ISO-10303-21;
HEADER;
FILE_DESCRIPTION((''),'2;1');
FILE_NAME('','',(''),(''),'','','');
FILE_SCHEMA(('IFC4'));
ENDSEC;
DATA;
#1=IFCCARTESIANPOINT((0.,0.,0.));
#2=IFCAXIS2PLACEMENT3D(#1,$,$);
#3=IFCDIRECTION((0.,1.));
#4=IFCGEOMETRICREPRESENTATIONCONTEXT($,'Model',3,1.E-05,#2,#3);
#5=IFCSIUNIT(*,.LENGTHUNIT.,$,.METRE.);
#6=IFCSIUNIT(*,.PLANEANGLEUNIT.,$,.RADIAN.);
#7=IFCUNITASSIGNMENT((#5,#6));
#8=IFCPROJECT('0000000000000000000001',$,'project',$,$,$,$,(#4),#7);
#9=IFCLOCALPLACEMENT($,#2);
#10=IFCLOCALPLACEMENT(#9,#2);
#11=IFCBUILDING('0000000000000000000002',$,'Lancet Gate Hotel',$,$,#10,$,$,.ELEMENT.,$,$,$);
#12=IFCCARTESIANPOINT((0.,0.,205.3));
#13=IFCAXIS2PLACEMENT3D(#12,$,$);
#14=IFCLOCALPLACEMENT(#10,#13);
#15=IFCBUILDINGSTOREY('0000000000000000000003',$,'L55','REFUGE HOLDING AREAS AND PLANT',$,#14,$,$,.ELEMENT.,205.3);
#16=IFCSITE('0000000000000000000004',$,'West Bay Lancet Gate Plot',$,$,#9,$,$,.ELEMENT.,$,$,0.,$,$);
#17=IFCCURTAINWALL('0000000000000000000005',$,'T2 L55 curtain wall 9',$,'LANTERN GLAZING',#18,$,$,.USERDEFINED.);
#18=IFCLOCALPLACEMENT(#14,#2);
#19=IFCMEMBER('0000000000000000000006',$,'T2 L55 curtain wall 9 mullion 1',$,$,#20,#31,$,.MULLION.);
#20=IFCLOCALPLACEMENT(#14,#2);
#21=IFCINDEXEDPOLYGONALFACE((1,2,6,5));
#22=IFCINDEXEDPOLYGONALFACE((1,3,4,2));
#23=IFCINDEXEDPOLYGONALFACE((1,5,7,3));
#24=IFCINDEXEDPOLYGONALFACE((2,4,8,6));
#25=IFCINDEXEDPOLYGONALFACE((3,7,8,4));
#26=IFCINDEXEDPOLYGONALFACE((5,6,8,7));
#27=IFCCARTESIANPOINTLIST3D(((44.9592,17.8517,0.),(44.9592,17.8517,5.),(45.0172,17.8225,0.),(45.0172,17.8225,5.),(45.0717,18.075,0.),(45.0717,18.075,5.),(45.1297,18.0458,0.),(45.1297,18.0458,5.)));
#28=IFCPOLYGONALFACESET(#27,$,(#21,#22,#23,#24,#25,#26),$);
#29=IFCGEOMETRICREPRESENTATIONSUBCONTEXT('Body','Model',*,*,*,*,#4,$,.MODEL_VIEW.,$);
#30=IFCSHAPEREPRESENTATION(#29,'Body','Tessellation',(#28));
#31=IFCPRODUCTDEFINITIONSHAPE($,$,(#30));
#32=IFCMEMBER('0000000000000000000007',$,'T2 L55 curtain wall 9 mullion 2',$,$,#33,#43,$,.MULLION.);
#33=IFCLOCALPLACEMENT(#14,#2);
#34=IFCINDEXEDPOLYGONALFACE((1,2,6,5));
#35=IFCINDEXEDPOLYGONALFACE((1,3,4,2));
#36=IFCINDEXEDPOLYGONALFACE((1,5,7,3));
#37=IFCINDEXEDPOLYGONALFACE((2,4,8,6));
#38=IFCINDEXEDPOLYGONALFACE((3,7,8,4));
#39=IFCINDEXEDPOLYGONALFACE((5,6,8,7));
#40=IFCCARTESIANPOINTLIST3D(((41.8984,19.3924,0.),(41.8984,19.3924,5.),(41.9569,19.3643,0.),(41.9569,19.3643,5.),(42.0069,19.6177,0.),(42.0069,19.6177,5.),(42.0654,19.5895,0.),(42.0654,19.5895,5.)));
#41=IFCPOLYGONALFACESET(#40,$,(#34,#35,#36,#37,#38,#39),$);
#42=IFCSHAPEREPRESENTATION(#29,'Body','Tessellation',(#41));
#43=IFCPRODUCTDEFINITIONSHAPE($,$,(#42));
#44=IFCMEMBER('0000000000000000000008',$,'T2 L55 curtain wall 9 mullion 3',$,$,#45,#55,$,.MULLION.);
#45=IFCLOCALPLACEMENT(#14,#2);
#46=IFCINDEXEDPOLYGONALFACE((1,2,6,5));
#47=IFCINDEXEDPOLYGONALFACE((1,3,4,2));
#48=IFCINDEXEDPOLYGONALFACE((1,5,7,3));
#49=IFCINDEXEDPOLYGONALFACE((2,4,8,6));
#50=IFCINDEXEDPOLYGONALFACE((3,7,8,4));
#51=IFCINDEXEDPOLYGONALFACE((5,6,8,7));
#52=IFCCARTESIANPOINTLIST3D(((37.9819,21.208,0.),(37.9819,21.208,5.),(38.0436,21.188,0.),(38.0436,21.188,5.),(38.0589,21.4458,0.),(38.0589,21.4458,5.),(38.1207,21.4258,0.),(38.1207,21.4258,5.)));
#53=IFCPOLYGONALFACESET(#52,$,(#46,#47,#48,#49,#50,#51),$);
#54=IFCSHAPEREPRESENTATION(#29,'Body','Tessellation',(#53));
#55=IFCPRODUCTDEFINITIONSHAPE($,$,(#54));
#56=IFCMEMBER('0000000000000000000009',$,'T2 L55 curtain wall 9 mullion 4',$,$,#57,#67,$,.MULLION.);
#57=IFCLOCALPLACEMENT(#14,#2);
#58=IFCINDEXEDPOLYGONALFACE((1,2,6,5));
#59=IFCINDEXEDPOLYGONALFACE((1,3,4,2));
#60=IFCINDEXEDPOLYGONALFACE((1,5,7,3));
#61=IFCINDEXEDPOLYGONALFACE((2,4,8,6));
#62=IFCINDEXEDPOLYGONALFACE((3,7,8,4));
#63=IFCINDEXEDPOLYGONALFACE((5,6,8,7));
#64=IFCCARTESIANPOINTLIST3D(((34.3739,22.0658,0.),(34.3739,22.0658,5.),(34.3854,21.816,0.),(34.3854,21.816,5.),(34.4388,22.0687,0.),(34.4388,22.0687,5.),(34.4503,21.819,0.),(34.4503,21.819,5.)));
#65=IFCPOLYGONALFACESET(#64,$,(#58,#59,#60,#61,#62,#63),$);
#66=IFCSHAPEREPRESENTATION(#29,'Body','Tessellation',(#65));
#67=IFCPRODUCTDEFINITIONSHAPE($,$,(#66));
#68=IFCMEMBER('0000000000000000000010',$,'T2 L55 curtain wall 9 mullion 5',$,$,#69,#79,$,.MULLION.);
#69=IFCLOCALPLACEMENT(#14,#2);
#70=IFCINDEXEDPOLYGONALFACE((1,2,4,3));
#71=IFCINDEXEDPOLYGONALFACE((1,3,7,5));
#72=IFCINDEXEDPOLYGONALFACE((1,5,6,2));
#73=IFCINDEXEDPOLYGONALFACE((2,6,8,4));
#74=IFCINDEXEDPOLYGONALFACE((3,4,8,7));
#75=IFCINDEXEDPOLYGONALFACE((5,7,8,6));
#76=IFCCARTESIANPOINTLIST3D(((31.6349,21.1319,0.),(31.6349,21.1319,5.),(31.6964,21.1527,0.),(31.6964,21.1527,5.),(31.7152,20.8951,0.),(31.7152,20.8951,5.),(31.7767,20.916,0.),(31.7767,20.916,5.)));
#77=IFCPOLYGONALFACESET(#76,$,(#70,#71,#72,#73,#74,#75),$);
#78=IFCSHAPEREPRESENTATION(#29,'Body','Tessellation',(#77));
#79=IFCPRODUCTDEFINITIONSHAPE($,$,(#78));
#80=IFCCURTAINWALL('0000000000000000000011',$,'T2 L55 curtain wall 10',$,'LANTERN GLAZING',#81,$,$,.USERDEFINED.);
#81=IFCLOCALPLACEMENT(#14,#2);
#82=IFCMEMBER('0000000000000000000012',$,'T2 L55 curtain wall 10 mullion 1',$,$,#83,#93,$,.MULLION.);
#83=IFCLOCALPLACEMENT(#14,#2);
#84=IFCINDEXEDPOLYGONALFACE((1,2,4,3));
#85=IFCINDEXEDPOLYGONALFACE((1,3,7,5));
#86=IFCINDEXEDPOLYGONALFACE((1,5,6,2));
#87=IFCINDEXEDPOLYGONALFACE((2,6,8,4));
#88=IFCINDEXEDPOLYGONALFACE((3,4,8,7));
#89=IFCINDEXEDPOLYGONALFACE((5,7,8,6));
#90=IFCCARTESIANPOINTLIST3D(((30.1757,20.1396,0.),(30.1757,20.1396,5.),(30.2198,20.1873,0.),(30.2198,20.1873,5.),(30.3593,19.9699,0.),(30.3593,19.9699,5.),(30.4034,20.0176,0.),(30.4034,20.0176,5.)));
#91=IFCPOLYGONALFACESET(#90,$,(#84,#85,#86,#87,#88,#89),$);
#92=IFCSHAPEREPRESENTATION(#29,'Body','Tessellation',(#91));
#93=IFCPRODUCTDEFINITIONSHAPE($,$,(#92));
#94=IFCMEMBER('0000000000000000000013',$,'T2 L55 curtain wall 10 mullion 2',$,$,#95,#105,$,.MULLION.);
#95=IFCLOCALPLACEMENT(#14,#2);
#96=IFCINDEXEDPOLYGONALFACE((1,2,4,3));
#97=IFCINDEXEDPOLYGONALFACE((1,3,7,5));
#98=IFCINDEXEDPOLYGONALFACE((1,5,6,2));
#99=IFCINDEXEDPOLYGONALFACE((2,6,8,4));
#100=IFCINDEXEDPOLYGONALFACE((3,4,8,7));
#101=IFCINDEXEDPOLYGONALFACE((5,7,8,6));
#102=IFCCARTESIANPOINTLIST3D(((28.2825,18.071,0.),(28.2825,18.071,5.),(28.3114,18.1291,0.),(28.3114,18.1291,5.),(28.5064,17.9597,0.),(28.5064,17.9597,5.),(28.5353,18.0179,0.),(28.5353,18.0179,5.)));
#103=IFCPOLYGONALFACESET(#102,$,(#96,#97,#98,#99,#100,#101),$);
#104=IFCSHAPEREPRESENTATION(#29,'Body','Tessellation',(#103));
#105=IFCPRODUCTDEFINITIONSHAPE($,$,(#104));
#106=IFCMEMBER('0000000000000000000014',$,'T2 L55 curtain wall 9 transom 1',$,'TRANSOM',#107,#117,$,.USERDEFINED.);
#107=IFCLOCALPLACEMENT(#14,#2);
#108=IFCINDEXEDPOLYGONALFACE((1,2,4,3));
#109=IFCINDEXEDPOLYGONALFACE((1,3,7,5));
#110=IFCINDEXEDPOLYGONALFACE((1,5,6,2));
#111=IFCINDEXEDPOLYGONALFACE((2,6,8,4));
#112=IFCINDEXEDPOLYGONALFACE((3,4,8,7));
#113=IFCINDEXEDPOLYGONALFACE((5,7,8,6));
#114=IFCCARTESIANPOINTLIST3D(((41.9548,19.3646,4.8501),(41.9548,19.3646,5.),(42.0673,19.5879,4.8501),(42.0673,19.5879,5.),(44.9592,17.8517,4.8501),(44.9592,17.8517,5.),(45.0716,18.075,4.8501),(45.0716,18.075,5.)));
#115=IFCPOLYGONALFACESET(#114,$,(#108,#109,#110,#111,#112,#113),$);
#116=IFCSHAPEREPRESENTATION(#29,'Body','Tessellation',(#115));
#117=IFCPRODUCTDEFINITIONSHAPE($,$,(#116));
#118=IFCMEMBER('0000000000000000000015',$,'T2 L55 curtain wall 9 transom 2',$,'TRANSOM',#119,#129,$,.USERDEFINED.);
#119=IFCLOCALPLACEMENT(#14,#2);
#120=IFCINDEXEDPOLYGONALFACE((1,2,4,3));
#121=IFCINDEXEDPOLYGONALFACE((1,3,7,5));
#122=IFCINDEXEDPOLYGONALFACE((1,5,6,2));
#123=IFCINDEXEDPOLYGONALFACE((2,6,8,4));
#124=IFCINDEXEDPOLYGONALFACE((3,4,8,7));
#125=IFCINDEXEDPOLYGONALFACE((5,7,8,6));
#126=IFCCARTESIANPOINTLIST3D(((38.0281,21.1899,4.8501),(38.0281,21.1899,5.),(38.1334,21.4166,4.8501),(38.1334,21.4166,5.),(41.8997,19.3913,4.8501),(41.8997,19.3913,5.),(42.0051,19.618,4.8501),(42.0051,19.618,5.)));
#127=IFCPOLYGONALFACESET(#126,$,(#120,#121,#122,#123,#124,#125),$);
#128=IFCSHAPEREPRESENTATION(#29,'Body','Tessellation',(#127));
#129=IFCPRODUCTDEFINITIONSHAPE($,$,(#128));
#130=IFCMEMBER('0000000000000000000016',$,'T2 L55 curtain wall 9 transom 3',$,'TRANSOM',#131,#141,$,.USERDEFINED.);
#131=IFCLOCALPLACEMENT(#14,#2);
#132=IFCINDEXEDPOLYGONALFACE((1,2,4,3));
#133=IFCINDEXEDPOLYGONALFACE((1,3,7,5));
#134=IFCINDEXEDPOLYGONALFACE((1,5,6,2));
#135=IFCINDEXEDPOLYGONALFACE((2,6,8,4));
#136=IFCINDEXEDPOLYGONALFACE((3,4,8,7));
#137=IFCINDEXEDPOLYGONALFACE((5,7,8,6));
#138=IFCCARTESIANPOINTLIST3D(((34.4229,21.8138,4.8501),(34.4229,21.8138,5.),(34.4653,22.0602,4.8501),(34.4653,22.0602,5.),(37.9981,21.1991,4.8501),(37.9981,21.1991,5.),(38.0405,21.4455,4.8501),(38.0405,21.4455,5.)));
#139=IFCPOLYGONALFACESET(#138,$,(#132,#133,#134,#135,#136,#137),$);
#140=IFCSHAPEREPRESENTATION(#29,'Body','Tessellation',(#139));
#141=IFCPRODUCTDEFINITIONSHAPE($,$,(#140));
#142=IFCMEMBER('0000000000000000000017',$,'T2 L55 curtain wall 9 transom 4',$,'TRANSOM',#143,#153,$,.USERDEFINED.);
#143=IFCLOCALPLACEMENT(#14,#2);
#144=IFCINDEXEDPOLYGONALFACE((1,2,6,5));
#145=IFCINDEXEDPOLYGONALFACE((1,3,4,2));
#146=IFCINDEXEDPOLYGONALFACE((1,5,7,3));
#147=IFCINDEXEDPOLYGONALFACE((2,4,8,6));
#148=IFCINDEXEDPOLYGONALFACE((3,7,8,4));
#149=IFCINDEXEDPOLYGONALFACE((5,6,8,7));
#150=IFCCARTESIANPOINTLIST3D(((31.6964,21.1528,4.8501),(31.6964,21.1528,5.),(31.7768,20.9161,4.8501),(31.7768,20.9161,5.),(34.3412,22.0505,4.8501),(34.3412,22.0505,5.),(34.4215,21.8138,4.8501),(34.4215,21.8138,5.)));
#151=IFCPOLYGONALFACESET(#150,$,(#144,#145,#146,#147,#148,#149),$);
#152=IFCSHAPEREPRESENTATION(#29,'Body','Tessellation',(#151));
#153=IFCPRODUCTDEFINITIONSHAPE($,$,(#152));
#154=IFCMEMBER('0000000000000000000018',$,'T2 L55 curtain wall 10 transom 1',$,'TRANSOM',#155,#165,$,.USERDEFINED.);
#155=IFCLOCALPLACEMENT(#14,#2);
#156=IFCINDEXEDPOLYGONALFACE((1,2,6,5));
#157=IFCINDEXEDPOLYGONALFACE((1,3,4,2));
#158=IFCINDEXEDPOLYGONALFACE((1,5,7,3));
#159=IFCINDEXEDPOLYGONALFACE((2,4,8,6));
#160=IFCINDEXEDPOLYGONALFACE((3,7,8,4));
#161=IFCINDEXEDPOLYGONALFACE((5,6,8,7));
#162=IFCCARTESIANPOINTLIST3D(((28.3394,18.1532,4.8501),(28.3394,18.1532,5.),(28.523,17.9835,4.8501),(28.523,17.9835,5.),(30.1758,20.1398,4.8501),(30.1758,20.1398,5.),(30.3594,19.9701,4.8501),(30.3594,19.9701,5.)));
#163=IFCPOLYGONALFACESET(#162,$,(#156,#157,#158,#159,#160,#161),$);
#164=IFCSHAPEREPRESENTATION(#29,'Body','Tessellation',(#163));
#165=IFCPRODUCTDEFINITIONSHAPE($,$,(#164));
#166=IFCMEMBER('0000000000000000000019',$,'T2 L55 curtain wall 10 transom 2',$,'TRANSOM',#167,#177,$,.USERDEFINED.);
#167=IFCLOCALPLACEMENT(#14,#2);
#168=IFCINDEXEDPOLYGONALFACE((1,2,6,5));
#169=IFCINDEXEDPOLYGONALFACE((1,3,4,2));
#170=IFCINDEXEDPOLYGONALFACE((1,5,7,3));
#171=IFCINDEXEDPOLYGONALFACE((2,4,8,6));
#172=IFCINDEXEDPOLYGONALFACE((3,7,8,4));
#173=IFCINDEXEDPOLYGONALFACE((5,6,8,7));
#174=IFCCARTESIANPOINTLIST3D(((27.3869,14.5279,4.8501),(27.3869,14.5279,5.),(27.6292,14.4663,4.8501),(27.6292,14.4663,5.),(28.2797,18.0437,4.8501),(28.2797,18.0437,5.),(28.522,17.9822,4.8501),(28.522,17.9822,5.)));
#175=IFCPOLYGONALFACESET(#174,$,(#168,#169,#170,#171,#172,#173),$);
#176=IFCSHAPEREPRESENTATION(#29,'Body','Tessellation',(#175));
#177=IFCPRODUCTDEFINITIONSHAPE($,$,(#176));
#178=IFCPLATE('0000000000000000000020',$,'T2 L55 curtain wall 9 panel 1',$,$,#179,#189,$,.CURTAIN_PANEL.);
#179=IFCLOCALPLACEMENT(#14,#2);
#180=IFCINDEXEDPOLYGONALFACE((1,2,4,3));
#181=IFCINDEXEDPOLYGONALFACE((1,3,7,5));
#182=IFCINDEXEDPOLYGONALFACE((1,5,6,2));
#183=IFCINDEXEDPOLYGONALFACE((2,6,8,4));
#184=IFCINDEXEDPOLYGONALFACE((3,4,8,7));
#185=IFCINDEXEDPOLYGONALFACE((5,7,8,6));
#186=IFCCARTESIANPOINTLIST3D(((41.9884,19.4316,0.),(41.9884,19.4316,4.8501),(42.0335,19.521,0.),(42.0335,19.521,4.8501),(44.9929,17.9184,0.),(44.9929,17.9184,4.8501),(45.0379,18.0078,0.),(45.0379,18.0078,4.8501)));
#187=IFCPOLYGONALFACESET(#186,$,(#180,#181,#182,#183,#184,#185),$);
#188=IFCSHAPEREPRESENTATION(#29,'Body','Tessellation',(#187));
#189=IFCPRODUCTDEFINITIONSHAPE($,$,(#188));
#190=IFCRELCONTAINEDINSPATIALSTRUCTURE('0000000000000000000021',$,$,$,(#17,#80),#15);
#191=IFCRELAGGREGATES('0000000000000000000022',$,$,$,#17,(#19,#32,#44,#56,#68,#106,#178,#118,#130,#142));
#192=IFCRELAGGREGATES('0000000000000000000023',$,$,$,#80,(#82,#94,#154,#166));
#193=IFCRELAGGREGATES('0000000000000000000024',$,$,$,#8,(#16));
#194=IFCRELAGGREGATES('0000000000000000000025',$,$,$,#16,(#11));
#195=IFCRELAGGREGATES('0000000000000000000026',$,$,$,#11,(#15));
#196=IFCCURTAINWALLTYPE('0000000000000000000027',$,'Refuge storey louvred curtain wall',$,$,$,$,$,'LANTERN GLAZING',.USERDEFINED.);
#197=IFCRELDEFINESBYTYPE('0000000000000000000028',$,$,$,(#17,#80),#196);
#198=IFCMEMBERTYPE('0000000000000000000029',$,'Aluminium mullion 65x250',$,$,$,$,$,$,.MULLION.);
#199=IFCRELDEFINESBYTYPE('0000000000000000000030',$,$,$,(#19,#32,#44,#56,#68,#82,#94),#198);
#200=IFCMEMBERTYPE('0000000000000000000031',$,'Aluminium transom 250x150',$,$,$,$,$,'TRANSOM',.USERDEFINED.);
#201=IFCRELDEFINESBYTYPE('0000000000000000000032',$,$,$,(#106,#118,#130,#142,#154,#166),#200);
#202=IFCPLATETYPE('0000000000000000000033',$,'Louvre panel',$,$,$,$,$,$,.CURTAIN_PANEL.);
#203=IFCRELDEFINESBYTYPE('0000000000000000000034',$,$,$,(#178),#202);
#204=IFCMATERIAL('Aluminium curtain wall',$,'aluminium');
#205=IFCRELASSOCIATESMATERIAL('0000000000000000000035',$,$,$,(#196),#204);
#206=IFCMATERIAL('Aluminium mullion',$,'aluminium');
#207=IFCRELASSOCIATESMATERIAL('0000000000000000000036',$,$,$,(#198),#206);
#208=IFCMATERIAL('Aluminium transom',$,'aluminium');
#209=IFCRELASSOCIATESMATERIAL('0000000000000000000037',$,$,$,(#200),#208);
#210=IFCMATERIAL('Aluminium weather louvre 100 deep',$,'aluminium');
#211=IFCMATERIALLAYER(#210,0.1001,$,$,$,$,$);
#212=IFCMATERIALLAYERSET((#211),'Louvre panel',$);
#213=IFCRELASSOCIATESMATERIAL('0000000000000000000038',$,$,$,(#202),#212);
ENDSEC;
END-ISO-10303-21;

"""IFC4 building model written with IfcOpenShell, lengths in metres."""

from ifc_helpers import new_model, si_unit, direction, frame, origin, origin_2d, place, context, subcontext, project, spatial, rectangle, extrude, material, layer, layer_set, material_profile, profile_set, type_object, element, aggregate, save


model = new_model("IFC4")

# Units and contexts
model_context = context("Model", 3, precision=1e-05, world=origin(), true_north=direction((0.0, 1.0)))
body_context = subcontext(model_context, "Body", "Model", "MODEL_VIEW")
ifc_project = project(units=[si_unit("LENGTHUNIT", "METRE"), si_unit("PLANEANGLEUNIT", "RADIAN")], contexts=[model_context])

# Site, building, storey
site_placement = place(None, origin())
site = spatial("IfcSite", under=ifc_project, at=site_placement, Name="West Bay Lancet Gate Plot", CompositionType="ELEMENT", RefElevation=0.0)
building_placement = place(site_placement, origin())
building = spatial("IfcBuilding", under=site, at=building_placement, Name="Lancet Gate Hotel", CompositionType="ELEMENT")
storey_placement = place(building_placement, frame((0.0, 0.0, 205.3)))
storey = spatial("IfcBuildingStorey", under=building, at=storey_placement, Name="L55", Description="REFUGE HOLDING AREAS AND PLANT", CompositionType="ELEMENT", Elevation=205.3)

# Curtain walls, members
ifc_material_1 = material(Name="Aluminium curtain wall", Category="aluminium")
curtain_wall_type = type_object("IfcCurtainWallType", Name="Refuge storey louvred curtain wall", ElementType="LANTERN GLAZING", PredefinedType="USERDEFINED", material=ifc_material_1)
curtain_wall_1_placement = place(storey_placement, origin())
curtain_wall_1 = element("IfcCurtainWall", 1, at=curtain_wall_1_placement, inside=storey, type_object=curtain_wall_type, Name="T2 L55 curtain wall 9", ObjectType="LANTERN GLAZING", PredefinedType="USERDEFINED")
ifc_material_2 = material(Name="Aluminium mullion", Category="aluminium")
ifc_material_profile_1 = material_profile(ifc_material_2, rectangle(XDim=0.0649, YDim=0.25, at=origin_2d()), Name="MULLION 65x250")
ifc_profile_set_1 = profile_set([ifc_material_profile_1], Name="Aluminium mullion")
member_type_1 = type_object("IfcMemberType", Name="Aluminium mullion 65x250", PredefinedType="MULLION", material=ifc_profile_set_1)
member_1_placement = place(storey_placement, frame((45.0444, 17.9487, 0.0), z_axis=(0.0, 0.0, 1.0), x_axis=(-0.893121, 0.449816, 0.0)))
member_1 = element("IfcMember", 2, at=member_1_placement, type_object=member_type_1, Name="T2 L55 curtain wall 9 mullion 1", PredefinedType="MULLION", context=body_context, shape_type="SweptSolid", body=[
    extrude(rectangle(XDim=0.0649, YDim=0.25, at=origin_2d()), origin(), (0.0, 0.0, 1.0), 5.0),
])
member_2_placement = place(storey_placement, frame((41.9819, 19.491, 0.0), z_axis=(0.0, 0.0, 1.0), x_axis=(-0.900945, 0.433933, 0.0)))
member_2 = element("IfcMember", 3, at=member_2_placement, type_object=member_type_1, Name="T2 L55 curtain wall 9 mullion 2", PredefinedType="MULLION", context=body_context, shape_type="SweptSolid", body=[
    extrude(rectangle(XDim=0.0649, YDim=0.25, at=origin_2d()), origin(), (0.0, 0.0, 1.0), 5.0),
])
member_3_placement = place(storey_placement, frame((38.0513, 21.3169, 0.0), z_axis=(0.0, 0.0, 1.0), x_axis=(-0.951355, 0.308095, 0.0)))
member_3 = element("IfcMember", 4, at=member_3_placement, type_object=member_type_1, Name="T2 L55 curtain wall 9 mullion 3", PredefinedType="MULLION", context=body_context, shape_type="SweptSolid", body=[
    extrude(rectangle(XDim=0.0649, YDim=0.25, at=origin_2d()), origin(), (0.0, 0.0, 1.0), 5.0),
])
member_4_placement = place(storey_placement, frame((34.4121, 21.9424, 0.0), z_axis=(0.0, 0.0, 1.0), x_axis=(-0.998937, -0.046093, 0.0)))
member_4 = element("IfcMember", 5, at=member_4_placement, type_object=member_type_1, Name="T2 L55 curtain wall 9 mullion 4", PredefinedType="MULLION", context=body_context, shape_type="SweptSolid", body=[
    extrude(rectangle(XDim=0.0649, YDim=0.25, at=origin_2d()), origin(), (0.0, 0.0, 1.0), 5.0),
])
member_5_placement = place(storey_placement, frame((31.7058, 21.0239, 0.0), z_axis=(0.0, 0.0, 1.0), x_axis=(-0.946952, -0.321374, 0.0)))
member_5 = element("IfcMember", 6, at=member_5_placement, type_object=member_type_1, Name="T2 L55 curtain wall 9 mullion 5", PredefinedType="MULLION", context=body_context, shape_type="SweptSolid", body=[
    extrude(rectangle(XDim=0.0649, YDim=0.25, at=origin_2d()), origin(), (0.0, 0.0, 1.0), 5.0),
])
curtain_wall_2_placement = place(storey_placement, origin())
curtain_wall_2 = element("IfcCurtainWall", 7, at=curtain_wall_2_placement, inside=storey, type_object=curtain_wall_type, Name="T2 L55 curtain wall 10", ObjectType="LANTERN GLAZING", PredefinedType="USERDEFINED")
member_6_placement = place(storey_placement, frame((30.2896, 20.0786, 0.0), z_axis=(0.0, 0.0, 1.0), x_axis=(-0.678831, -0.734294, 0.0)))
member_6 = element("IfcMember", 8, at=member_6_placement, type_object=member_type_1, Name="T2 L55 curtain wall 10 mullion 1", PredefinedType="MULLION", context=body_context, shape_type="SweptSolid", body=[
    extrude(rectangle(XDim=0.0649, YDim=0.25, at=origin_2d()), origin(), (0.0, 0.0, 1.0), 5.0),
])
member_7_placement = place(storey_placement, frame((28.4089, 18.0444, 0.0), z_axis=(0.0, 0.0, 1.0), x_axis=(-0.445044, -0.895509, 0.0)))
member_7 = element("IfcMember", 9, at=member_7_placement, type_object=member_type_1, Name="T2 L55 curtain wall 10 mullion 2", PredefinedType="MULLION", context=body_context, shape_type="SweptSolid", body=[
    extrude(rectangle(XDim=0.0649, YDim=0.25, at=origin_2d()), origin(), (0.0, 0.0, 1.0), 5.0),
])

# Members
ifc_material_3 = material(Name="Aluminium transom", Category="aluminium")
ifc_material_profile_2 = material_profile(ifc_material_3, rectangle(XDim=0.25, YDim=0.1499, at=origin_2d()), Name="TRANSOM 250x150")
ifc_profile_set_2 = profile_set([ifc_material_profile_2], Name="Aluminium transom")
member_type_2 = type_object("IfcMemberType", Name="Aluminium transom 250x150", ElementType="TRANSOM", PredefinedType="USERDEFINED", material=ifc_profile_set_2)
member_8_placement = place(storey_placement, frame((45.0154, 17.9634, 4.925), z_axis=(-0.893146, 0.449767, 0.0), x_axis=(-0.449767, -0.893146, 0.0)))
member_8 = element("IfcMember", 10, at=member_8_placement, type_object=member_type_2, Name="T2 L55 curtain wall 9 transom 1", ObjectType="TRANSOM", PredefinedType="USERDEFINED", context=body_context, shape_type="SweptSolid", body=[
    extrude(rectangle(XDim=0.25, YDim=0.1499, at=origin_2d()), origin(), (0.0, 0.0, 1.0), 3.3638),
])
member_9_placement = place(storey_placement, frame((41.9524, 19.5046, 4.925), z_axis=(-0.906914, 0.421316, 0.0), x_axis=(-0.421316, -0.906914, 0.0)))
member_9 = element("IfcMember", 11, at=member_9_placement, type_object=member_type_2, Name="T2 L55 curtain wall 9 transom 2", ObjectType="TRANSOM", PredefinedType="USERDEFINED", context=body_context, shape_type="SweptSolid", body=[
    extrude(rectangle(XDim=0.25, YDim=0.1499, at=origin_2d()), origin(), (0.0, 0.0, 1.0), 4.269),
])
member_10_placement = place(storey_placement, frame((38.0193, 21.3223, 4.925), z_axis=(-0.985537, 0.169461, 0.0), x_axis=(-0.169461, -0.985537, 0.0)))
member_10 = element("IfcMember", 12, at=member_10_placement, type_object=member_type_2, Name="T2 L55 curtain wall 9 transom 3", ObjectType="TRANSOM", PredefinedType="USERDEFINED", context=body_context, shape_type="SweptSolid", body=[
    extrude(rectangle(XDim=0.25, YDim=0.1499, at=origin_2d()), origin(), (0.0, 0.0, 1.0), 3.6277),
])
member_11_placement = place(storey_placement, frame((34.3813, 21.9321, 4.925), z_axis=(-0.946938, -0.321415, 0.0), x_axis=(0.321415, -0.946938, 0.0)))
member_11 = element("IfcMember", 13, at=member_11_placement, type_object=member_type_2, Name="T2 L55 curtain wall 9 transom 4", ObjectType="TRANSOM", PredefinedType="USERDEFINED", context=body_context, shape_type="SweptSolid", body=[
    extrude(rectangle(XDim=0.25, YDim=0.1499, at=origin_2d()), origin(), (0.0, 0.0, 1.0), 2.793),
])
member_12_placement = place(storey_placement, frame((30.2676, 20.0549, 4.925), z_axis=(-0.678812, -0.734312, 0.0), x_axis=(0.734312, -0.678812, 0.0)))
member_12 = element("IfcMember", 14, at=member_12_placement, type_object=member_type_2, Name="T2 L55 curtain wall 10 transom 1", ObjectType="TRANSOM", PredefinedType="USERDEFINED", context=body_context, shape_type="SweptSolid", body=[
    extrude(rectangle(XDim=0.25, YDim=0.1499, at=origin_2d()), origin(), (0.0, 0.0, 1.0), 2.7053),
])
member_13_placement = place(storey_placement, frame((28.4009, 18.0129, 4.925), z_axis=(-0.246129, -0.969237, 0.0), x_axis=(0.969237, -0.246129, 0.0)))
member_13 = element("IfcMember", 15, at=member_13_placement, type_object=member_type_2, Name="T2 L55 curtain wall 10 transom 2", ObjectType="TRANSOM", PredefinedType="USERDEFINED", context=body_context, shape_type="SweptSolid", body=[
    extrude(rectangle(XDim=0.25, YDim=0.1499, at=origin_2d()), origin(), (0.0, 0.0, 1.0), 3.6274),
])

# Plate
ifc_material_4 = material(Name="Aluminium weather louvre 100 deep", Category="aluminium")
ifc_layer_1 = layer(ifc_material_4, 0.1001)
ifc_layer_set_1 = layer_set([ifc_layer_1], Name="Louvre panel")
plate_type = type_object("IfcPlateType", Name="Louvre panel", PredefinedType="CURTAIN_PANEL", material=ifc_layer_set_1)
plate_1_placement = place(storey_placement, frame((43.5132, 18.7197, 0.0), z_axis=(0.0, 0.0, 1.0), x_axis=(-0.893121, 0.449816, 0.0)))
plate_1 = element("IfcPlate", 16, at=plate_1_placement, type_object=plate_type, Name="T2 L55 curtain wall 9 panel 1", PredefinedType="CURTAIN_PANEL", context=body_context, shape_type="SweptSolid", body=[
    extrude(rectangle(XDim=3.364, YDim=0.1001, at=origin_2d()), origin(), (0.0, 0.0, 1.0), 4.8501),
])
aggregate(curtain_wall_1, [member_1, member_2, member_3, member_4, member_5, member_8, plate_1, member_9, member_10, member_11])
aggregate(curtain_wall_2, [member_6, member_7, member_12, member_13])

save(model, "model.ifc")
